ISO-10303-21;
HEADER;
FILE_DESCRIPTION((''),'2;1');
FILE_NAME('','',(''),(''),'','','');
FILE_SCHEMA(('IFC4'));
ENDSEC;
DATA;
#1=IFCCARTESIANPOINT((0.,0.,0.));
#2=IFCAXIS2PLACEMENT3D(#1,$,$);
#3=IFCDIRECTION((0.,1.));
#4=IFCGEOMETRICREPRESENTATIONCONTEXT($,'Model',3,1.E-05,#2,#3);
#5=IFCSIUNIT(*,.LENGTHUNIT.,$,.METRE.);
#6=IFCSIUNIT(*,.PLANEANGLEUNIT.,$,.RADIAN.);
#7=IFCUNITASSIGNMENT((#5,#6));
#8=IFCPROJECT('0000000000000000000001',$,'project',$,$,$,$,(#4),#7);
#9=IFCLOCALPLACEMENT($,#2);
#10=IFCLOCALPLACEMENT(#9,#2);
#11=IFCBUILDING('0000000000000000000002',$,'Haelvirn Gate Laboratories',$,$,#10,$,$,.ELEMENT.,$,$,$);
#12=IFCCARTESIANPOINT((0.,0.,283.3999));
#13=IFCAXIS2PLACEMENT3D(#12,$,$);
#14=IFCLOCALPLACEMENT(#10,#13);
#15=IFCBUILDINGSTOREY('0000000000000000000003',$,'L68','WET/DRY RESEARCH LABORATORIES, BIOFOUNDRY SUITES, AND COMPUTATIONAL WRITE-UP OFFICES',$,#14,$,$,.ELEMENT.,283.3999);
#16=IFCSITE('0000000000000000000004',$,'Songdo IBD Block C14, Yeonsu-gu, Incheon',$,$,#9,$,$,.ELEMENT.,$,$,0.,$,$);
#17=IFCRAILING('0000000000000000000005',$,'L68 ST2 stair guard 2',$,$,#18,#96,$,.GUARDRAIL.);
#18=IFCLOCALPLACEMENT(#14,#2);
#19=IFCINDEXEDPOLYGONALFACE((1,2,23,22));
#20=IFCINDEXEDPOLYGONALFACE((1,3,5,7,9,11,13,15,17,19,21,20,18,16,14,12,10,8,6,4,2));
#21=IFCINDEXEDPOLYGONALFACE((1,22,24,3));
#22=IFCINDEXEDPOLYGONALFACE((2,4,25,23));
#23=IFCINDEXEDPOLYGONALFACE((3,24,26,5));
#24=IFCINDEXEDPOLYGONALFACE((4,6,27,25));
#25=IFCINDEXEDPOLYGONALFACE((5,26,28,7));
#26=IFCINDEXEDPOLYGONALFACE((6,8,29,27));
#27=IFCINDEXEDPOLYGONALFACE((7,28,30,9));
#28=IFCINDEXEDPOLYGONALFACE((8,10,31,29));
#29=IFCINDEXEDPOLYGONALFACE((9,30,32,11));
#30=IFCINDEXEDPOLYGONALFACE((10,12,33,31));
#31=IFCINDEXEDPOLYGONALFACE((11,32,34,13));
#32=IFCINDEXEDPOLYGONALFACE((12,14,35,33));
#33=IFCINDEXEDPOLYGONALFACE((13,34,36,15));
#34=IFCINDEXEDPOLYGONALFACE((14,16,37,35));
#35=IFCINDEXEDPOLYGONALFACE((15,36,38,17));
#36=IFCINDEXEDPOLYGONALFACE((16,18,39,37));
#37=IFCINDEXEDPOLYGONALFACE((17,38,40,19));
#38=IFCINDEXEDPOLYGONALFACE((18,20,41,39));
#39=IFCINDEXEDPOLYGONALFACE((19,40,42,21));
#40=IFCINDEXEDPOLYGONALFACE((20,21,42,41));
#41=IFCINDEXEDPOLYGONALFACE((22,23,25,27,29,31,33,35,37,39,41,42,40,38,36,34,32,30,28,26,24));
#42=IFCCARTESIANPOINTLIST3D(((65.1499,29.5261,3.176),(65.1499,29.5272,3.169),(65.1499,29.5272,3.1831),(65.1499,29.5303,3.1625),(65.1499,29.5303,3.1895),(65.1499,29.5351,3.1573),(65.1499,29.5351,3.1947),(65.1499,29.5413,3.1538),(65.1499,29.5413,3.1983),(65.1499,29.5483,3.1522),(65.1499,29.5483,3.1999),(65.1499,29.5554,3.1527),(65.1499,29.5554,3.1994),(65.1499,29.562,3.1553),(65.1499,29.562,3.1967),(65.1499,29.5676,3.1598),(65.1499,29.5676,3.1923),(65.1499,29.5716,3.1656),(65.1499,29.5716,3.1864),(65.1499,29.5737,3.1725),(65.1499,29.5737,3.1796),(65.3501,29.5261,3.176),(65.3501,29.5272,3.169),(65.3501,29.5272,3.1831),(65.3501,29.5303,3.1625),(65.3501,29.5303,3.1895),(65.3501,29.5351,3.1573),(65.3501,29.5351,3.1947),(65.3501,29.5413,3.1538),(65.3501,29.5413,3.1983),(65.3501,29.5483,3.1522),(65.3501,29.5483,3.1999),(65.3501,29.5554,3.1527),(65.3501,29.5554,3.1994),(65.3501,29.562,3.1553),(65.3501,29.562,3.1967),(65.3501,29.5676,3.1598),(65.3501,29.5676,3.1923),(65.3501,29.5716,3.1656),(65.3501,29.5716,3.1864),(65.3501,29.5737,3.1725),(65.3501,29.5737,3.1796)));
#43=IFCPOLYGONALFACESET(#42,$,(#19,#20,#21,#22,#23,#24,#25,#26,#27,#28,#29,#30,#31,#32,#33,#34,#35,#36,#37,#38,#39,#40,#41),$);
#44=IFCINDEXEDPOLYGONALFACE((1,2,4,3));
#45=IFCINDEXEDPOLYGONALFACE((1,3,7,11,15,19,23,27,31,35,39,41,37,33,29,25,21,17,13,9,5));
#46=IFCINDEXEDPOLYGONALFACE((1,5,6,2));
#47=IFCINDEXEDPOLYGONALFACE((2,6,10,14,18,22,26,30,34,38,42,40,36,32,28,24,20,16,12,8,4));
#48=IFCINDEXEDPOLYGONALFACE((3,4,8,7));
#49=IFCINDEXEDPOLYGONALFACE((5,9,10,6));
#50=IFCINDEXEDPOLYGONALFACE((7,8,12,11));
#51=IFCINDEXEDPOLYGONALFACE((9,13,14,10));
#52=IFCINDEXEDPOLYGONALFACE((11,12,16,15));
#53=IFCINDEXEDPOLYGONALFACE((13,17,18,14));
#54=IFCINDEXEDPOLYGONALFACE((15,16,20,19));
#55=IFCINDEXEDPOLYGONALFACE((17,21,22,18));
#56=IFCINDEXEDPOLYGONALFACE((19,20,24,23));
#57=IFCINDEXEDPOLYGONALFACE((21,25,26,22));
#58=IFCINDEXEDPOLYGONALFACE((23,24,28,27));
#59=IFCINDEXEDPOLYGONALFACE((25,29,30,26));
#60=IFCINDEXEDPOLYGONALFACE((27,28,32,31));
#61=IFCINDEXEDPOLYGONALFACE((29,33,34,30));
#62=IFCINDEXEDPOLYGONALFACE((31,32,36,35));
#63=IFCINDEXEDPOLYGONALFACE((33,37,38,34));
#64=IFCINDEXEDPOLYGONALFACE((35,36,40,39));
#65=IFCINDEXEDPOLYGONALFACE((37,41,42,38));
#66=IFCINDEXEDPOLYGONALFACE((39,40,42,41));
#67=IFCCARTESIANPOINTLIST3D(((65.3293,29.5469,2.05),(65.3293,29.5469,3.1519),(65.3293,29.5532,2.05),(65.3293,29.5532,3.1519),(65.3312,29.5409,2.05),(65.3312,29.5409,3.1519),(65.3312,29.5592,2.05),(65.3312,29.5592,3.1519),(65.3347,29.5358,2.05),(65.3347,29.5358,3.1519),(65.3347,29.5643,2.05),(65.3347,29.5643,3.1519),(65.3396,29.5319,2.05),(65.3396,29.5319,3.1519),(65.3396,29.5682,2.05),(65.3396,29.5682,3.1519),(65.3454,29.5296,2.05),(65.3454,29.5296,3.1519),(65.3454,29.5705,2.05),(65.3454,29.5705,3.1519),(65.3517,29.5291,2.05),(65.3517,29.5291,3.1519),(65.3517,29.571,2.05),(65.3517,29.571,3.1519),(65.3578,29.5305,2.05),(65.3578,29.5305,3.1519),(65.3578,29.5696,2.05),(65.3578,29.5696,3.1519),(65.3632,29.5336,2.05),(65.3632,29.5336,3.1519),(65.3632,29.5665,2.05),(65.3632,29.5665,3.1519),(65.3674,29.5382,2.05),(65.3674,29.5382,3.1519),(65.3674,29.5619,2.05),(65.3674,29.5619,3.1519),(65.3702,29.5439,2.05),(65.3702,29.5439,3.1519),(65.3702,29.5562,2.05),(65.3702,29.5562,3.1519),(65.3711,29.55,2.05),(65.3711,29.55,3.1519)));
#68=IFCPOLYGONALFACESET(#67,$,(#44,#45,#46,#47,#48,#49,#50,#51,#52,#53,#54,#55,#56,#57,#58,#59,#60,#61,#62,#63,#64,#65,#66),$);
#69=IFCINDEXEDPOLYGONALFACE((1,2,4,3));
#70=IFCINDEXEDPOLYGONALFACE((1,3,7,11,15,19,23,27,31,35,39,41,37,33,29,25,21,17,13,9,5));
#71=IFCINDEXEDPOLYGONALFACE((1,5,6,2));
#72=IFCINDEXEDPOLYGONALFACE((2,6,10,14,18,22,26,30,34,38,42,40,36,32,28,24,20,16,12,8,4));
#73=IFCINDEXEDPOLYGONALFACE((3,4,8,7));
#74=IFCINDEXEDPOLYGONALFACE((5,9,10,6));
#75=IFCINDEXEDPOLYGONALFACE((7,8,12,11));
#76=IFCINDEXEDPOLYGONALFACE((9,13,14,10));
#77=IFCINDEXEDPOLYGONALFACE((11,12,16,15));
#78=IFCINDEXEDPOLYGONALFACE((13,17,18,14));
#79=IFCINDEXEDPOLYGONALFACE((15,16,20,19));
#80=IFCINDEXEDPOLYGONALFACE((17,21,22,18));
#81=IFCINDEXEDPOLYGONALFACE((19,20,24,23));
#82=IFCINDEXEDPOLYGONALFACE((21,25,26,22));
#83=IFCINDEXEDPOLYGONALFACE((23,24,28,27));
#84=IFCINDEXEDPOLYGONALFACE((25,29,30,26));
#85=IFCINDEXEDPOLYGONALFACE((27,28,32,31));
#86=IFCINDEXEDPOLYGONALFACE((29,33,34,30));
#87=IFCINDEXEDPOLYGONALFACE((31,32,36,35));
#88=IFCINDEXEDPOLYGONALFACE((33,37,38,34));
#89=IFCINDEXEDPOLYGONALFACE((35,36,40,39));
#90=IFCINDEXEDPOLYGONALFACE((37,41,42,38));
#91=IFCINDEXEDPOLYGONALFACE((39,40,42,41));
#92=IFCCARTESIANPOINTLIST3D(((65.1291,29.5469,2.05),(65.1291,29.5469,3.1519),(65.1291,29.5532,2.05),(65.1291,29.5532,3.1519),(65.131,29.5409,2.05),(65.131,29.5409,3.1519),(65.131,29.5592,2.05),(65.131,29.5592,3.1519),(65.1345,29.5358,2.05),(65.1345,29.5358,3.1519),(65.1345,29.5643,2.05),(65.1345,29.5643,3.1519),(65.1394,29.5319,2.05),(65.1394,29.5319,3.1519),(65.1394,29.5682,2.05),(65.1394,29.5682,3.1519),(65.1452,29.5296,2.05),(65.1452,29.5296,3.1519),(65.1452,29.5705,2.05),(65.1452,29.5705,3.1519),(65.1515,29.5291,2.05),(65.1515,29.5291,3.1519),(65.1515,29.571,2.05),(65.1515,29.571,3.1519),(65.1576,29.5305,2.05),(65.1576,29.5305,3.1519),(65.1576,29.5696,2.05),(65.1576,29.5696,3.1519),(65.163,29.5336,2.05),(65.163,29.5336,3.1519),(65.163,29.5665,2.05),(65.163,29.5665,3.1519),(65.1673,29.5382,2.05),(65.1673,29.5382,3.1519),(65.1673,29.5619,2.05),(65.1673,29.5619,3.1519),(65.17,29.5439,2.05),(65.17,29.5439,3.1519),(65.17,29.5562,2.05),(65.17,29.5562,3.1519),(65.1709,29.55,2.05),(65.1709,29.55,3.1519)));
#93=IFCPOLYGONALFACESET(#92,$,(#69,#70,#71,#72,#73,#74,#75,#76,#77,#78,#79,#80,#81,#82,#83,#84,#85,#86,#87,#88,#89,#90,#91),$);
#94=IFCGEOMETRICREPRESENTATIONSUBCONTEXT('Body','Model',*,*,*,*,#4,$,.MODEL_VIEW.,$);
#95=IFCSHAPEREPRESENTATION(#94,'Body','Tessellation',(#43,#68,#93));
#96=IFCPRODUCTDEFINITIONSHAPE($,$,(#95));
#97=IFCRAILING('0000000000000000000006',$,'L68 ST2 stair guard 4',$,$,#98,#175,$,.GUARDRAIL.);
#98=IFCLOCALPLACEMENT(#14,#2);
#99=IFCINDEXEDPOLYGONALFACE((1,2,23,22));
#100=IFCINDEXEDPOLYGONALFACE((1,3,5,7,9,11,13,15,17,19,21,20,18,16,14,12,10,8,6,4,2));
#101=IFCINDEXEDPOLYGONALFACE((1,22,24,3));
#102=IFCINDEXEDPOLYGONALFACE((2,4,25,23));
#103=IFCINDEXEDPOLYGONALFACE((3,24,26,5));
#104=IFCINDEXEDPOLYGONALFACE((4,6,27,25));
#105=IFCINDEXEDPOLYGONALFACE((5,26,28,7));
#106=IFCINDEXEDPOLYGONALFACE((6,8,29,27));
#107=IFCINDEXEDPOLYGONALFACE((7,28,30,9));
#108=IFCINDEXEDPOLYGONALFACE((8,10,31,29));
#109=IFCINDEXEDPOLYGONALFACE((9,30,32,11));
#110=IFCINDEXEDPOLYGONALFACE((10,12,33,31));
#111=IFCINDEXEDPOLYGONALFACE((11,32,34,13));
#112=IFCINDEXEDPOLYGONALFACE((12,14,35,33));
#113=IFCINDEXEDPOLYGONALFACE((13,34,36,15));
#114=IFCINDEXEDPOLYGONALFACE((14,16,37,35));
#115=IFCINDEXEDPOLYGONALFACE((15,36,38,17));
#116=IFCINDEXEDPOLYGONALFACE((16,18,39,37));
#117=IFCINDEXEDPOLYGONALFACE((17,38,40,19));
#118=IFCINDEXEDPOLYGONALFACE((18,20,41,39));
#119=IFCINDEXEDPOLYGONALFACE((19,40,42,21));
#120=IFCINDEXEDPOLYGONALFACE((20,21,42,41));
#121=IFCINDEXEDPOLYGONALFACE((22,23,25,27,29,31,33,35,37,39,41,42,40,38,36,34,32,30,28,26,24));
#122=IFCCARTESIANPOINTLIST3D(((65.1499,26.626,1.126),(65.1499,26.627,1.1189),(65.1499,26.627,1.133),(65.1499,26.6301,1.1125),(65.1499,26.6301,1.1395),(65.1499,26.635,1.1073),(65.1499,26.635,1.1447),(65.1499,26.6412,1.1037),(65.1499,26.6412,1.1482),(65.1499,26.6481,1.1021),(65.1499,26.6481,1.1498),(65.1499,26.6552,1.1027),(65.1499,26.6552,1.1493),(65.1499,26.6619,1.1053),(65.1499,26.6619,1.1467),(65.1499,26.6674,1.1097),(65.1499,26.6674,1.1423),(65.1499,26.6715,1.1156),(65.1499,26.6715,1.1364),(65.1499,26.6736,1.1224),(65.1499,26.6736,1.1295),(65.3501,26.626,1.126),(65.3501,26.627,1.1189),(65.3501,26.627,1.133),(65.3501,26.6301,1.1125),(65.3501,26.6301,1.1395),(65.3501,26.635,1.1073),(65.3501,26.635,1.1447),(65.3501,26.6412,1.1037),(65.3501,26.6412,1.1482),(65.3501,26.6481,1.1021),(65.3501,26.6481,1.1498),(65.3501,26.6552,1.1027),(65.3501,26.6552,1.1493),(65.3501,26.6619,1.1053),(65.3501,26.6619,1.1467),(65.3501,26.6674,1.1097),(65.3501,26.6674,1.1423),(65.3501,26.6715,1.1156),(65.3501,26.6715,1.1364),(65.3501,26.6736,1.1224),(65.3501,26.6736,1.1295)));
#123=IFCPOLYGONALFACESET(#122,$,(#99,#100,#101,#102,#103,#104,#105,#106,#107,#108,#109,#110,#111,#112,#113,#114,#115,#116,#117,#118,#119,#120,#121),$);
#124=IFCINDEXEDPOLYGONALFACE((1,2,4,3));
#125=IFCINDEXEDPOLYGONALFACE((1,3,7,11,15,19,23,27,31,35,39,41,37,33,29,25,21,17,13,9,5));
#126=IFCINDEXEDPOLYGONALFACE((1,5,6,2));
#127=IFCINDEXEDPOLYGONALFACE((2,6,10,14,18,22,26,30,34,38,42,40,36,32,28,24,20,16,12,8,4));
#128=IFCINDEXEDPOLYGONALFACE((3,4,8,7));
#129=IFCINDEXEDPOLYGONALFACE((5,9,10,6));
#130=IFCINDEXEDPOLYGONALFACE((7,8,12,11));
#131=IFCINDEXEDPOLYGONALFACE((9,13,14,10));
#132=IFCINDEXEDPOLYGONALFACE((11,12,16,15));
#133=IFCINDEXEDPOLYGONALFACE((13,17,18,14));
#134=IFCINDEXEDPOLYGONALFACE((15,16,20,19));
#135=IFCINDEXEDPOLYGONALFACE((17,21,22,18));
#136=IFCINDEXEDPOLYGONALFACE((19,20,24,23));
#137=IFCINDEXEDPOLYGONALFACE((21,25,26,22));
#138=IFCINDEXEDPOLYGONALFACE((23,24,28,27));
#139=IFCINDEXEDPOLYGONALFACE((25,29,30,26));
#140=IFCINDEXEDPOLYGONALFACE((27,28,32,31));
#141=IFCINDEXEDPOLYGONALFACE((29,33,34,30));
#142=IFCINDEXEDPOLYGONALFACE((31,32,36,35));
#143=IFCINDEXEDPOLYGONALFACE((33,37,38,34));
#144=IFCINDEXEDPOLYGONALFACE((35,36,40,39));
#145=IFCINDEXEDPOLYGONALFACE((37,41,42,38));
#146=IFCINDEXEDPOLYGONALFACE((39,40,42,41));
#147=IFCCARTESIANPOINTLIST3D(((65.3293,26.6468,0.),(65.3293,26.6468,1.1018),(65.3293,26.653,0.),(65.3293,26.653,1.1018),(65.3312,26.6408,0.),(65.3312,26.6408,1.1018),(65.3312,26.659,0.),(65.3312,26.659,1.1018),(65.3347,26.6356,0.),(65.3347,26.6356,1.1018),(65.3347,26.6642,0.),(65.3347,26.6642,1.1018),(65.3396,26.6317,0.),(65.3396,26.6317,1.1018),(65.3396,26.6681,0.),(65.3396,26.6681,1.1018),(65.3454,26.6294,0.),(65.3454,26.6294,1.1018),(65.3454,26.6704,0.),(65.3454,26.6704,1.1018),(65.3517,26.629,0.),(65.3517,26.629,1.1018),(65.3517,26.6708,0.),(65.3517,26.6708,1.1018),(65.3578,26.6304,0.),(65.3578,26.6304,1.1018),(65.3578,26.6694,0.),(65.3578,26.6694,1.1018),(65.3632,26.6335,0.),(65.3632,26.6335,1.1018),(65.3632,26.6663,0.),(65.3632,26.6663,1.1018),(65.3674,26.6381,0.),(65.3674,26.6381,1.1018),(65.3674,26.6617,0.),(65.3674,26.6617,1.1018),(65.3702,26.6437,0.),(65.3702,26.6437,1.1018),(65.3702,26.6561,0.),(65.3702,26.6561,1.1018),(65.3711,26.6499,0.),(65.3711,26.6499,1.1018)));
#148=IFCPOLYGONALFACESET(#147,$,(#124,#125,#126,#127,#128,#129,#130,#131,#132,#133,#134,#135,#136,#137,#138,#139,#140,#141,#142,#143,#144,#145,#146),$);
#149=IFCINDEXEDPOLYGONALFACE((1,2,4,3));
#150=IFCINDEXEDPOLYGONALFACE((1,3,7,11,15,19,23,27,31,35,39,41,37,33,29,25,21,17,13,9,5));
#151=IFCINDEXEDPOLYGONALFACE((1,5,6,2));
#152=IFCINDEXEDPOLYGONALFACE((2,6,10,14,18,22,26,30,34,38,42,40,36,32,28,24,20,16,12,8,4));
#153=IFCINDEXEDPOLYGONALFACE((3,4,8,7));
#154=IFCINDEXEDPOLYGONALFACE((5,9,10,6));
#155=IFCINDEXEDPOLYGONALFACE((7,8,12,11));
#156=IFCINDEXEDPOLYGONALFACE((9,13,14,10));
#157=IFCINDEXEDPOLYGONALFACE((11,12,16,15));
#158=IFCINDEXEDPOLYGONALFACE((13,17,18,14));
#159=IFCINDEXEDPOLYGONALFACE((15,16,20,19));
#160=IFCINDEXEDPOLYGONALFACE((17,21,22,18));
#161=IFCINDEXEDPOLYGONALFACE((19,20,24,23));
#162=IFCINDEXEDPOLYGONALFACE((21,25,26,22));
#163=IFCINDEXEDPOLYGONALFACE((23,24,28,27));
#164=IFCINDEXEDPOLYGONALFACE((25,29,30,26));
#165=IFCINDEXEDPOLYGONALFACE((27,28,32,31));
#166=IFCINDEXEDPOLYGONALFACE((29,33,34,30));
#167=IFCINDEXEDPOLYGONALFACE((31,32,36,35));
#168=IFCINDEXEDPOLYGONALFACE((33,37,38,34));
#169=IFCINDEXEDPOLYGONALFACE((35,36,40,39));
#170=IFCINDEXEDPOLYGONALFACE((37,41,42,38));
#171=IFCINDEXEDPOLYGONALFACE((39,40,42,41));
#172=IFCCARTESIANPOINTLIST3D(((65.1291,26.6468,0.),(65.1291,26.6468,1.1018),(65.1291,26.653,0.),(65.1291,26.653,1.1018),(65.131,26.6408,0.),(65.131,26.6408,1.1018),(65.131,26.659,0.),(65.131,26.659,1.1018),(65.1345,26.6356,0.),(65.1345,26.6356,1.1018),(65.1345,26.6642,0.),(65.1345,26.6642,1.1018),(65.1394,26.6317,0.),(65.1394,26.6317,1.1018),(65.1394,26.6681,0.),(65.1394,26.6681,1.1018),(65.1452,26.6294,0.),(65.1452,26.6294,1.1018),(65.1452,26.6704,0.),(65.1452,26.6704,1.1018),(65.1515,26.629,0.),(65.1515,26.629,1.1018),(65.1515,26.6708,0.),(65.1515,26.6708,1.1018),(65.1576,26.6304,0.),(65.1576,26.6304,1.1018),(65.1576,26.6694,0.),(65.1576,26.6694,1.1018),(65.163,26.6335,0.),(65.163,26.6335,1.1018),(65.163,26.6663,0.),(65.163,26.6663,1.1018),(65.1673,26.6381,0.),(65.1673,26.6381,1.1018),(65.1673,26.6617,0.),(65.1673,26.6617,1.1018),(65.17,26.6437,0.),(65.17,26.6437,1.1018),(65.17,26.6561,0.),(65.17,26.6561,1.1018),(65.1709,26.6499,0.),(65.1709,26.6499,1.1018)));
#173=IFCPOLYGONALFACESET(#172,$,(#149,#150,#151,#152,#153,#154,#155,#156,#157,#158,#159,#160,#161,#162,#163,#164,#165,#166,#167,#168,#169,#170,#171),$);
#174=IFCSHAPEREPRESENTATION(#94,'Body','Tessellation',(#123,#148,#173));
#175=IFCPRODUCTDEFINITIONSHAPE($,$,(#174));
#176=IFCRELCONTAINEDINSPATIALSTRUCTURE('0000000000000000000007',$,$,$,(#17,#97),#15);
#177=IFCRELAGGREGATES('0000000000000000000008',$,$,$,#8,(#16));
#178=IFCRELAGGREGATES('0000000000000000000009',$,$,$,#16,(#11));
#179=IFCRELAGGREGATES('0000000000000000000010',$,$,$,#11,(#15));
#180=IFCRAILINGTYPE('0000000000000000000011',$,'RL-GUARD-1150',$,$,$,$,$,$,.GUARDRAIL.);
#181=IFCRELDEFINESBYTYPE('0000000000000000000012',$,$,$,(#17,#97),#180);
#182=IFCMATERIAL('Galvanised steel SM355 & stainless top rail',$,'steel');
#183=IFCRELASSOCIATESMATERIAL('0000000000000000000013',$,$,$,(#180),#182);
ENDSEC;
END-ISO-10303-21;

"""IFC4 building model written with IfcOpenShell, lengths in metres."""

from ifc_helpers import new_model, si_unit, direction, frame, origin, origin_2d, place, context, subcontext, project, spatial, circle, extrude, source, transform, mapped, material, type_object, element, save


model = new_model("IFC4")

# Units and contexts
model_context = context("Model", 3, precision=1e-05, world=origin(), true_north=direction((0.0, 1.0)))
body_context = subcontext(model_context, "Body", "Model", "MODEL_VIEW")
ifc_project = project(units=[si_unit("LENGTHUNIT", "METRE"), si_unit("PLANEANGLEUNIT", "RADIAN")], contexts=[model_context])

# Site, building, storey
site_placement = place(None, origin())
site = spatial("IfcSite", under=ifc_project, at=site_placement, Name="Songdo IBD Block C14, Yeonsu-gu, Incheon", CompositionType="ELEMENT", RefElevation=0.0)
building_placement = place(site_placement, origin())
building = spatial("IfcBuilding", under=site, at=building_placement, Name="Haelvirn Gate Laboratories", CompositionType="ELEMENT")
storey_placement = place(building_placement, frame((0.0, 0.0, 283.3999)))
storey = spatial("IfcBuildingStorey", under=building, at=storey_placement, Name="L68", Description="WET/DRY RESEARCH LABORATORIES, BIOFOUNDRY SUITES, AND COMPUTATIONAL WRITE-UP OFFICES", CompositionType="ELEMENT", Elevation=283.3999)

# Railings
ifc_material_1 = material(Name="Galvanised steel SM355 & stainless top rail", Category="steel")
railing_type_1 = type_object("IfcRailingType", Name="RL-GUARD-1150", PredefinedType="GUARDRAIL", material=ifc_material_1)
shared_shape_1 = source(origin(), body_context, "Body", "SweptSolid", [
    extrude(circle(Radius=0.0239, at=origin_2d()), frame((0.0, 0.0, 1.126), z_axis=(-1.0, 0.0, 0.0), x_axis=(0.0, -1.0, 0.0)), (0.0, 0.0, 1.0), 0.2002),
    extrude(circle(Radius=0.021, at=origin_2d()), origin(), (0.0, 0.0, 1.0), 1.1018),
    extrude(circle(Radius=0.021, at=origin_2d()), frame((-0.2002, 0.0, 0.0)), (0.0, 0.0, 1.0), 1.1018),
])
for number, where, name in (
    (1, (65.3501, 29.55, 2.05), "L68 ST2 stair guard 2"),
    (2, (65.3501, 26.6499, 0.0), "L68 ST2 stair guard 4"),
):
    element("IfcRailing", number, at=place(storey_placement, frame(where)), inside=storey, type_object=railing_type_1, Name=name, PredefinedType="GUARDRAIL", context=body_context, shape_type="MappedRepresentation", body=[
        mapped(shared_shape_1, transform((0.0, 0.0, 0.0), scale=1.0)),
    ])

save(model, "model.ifc")
